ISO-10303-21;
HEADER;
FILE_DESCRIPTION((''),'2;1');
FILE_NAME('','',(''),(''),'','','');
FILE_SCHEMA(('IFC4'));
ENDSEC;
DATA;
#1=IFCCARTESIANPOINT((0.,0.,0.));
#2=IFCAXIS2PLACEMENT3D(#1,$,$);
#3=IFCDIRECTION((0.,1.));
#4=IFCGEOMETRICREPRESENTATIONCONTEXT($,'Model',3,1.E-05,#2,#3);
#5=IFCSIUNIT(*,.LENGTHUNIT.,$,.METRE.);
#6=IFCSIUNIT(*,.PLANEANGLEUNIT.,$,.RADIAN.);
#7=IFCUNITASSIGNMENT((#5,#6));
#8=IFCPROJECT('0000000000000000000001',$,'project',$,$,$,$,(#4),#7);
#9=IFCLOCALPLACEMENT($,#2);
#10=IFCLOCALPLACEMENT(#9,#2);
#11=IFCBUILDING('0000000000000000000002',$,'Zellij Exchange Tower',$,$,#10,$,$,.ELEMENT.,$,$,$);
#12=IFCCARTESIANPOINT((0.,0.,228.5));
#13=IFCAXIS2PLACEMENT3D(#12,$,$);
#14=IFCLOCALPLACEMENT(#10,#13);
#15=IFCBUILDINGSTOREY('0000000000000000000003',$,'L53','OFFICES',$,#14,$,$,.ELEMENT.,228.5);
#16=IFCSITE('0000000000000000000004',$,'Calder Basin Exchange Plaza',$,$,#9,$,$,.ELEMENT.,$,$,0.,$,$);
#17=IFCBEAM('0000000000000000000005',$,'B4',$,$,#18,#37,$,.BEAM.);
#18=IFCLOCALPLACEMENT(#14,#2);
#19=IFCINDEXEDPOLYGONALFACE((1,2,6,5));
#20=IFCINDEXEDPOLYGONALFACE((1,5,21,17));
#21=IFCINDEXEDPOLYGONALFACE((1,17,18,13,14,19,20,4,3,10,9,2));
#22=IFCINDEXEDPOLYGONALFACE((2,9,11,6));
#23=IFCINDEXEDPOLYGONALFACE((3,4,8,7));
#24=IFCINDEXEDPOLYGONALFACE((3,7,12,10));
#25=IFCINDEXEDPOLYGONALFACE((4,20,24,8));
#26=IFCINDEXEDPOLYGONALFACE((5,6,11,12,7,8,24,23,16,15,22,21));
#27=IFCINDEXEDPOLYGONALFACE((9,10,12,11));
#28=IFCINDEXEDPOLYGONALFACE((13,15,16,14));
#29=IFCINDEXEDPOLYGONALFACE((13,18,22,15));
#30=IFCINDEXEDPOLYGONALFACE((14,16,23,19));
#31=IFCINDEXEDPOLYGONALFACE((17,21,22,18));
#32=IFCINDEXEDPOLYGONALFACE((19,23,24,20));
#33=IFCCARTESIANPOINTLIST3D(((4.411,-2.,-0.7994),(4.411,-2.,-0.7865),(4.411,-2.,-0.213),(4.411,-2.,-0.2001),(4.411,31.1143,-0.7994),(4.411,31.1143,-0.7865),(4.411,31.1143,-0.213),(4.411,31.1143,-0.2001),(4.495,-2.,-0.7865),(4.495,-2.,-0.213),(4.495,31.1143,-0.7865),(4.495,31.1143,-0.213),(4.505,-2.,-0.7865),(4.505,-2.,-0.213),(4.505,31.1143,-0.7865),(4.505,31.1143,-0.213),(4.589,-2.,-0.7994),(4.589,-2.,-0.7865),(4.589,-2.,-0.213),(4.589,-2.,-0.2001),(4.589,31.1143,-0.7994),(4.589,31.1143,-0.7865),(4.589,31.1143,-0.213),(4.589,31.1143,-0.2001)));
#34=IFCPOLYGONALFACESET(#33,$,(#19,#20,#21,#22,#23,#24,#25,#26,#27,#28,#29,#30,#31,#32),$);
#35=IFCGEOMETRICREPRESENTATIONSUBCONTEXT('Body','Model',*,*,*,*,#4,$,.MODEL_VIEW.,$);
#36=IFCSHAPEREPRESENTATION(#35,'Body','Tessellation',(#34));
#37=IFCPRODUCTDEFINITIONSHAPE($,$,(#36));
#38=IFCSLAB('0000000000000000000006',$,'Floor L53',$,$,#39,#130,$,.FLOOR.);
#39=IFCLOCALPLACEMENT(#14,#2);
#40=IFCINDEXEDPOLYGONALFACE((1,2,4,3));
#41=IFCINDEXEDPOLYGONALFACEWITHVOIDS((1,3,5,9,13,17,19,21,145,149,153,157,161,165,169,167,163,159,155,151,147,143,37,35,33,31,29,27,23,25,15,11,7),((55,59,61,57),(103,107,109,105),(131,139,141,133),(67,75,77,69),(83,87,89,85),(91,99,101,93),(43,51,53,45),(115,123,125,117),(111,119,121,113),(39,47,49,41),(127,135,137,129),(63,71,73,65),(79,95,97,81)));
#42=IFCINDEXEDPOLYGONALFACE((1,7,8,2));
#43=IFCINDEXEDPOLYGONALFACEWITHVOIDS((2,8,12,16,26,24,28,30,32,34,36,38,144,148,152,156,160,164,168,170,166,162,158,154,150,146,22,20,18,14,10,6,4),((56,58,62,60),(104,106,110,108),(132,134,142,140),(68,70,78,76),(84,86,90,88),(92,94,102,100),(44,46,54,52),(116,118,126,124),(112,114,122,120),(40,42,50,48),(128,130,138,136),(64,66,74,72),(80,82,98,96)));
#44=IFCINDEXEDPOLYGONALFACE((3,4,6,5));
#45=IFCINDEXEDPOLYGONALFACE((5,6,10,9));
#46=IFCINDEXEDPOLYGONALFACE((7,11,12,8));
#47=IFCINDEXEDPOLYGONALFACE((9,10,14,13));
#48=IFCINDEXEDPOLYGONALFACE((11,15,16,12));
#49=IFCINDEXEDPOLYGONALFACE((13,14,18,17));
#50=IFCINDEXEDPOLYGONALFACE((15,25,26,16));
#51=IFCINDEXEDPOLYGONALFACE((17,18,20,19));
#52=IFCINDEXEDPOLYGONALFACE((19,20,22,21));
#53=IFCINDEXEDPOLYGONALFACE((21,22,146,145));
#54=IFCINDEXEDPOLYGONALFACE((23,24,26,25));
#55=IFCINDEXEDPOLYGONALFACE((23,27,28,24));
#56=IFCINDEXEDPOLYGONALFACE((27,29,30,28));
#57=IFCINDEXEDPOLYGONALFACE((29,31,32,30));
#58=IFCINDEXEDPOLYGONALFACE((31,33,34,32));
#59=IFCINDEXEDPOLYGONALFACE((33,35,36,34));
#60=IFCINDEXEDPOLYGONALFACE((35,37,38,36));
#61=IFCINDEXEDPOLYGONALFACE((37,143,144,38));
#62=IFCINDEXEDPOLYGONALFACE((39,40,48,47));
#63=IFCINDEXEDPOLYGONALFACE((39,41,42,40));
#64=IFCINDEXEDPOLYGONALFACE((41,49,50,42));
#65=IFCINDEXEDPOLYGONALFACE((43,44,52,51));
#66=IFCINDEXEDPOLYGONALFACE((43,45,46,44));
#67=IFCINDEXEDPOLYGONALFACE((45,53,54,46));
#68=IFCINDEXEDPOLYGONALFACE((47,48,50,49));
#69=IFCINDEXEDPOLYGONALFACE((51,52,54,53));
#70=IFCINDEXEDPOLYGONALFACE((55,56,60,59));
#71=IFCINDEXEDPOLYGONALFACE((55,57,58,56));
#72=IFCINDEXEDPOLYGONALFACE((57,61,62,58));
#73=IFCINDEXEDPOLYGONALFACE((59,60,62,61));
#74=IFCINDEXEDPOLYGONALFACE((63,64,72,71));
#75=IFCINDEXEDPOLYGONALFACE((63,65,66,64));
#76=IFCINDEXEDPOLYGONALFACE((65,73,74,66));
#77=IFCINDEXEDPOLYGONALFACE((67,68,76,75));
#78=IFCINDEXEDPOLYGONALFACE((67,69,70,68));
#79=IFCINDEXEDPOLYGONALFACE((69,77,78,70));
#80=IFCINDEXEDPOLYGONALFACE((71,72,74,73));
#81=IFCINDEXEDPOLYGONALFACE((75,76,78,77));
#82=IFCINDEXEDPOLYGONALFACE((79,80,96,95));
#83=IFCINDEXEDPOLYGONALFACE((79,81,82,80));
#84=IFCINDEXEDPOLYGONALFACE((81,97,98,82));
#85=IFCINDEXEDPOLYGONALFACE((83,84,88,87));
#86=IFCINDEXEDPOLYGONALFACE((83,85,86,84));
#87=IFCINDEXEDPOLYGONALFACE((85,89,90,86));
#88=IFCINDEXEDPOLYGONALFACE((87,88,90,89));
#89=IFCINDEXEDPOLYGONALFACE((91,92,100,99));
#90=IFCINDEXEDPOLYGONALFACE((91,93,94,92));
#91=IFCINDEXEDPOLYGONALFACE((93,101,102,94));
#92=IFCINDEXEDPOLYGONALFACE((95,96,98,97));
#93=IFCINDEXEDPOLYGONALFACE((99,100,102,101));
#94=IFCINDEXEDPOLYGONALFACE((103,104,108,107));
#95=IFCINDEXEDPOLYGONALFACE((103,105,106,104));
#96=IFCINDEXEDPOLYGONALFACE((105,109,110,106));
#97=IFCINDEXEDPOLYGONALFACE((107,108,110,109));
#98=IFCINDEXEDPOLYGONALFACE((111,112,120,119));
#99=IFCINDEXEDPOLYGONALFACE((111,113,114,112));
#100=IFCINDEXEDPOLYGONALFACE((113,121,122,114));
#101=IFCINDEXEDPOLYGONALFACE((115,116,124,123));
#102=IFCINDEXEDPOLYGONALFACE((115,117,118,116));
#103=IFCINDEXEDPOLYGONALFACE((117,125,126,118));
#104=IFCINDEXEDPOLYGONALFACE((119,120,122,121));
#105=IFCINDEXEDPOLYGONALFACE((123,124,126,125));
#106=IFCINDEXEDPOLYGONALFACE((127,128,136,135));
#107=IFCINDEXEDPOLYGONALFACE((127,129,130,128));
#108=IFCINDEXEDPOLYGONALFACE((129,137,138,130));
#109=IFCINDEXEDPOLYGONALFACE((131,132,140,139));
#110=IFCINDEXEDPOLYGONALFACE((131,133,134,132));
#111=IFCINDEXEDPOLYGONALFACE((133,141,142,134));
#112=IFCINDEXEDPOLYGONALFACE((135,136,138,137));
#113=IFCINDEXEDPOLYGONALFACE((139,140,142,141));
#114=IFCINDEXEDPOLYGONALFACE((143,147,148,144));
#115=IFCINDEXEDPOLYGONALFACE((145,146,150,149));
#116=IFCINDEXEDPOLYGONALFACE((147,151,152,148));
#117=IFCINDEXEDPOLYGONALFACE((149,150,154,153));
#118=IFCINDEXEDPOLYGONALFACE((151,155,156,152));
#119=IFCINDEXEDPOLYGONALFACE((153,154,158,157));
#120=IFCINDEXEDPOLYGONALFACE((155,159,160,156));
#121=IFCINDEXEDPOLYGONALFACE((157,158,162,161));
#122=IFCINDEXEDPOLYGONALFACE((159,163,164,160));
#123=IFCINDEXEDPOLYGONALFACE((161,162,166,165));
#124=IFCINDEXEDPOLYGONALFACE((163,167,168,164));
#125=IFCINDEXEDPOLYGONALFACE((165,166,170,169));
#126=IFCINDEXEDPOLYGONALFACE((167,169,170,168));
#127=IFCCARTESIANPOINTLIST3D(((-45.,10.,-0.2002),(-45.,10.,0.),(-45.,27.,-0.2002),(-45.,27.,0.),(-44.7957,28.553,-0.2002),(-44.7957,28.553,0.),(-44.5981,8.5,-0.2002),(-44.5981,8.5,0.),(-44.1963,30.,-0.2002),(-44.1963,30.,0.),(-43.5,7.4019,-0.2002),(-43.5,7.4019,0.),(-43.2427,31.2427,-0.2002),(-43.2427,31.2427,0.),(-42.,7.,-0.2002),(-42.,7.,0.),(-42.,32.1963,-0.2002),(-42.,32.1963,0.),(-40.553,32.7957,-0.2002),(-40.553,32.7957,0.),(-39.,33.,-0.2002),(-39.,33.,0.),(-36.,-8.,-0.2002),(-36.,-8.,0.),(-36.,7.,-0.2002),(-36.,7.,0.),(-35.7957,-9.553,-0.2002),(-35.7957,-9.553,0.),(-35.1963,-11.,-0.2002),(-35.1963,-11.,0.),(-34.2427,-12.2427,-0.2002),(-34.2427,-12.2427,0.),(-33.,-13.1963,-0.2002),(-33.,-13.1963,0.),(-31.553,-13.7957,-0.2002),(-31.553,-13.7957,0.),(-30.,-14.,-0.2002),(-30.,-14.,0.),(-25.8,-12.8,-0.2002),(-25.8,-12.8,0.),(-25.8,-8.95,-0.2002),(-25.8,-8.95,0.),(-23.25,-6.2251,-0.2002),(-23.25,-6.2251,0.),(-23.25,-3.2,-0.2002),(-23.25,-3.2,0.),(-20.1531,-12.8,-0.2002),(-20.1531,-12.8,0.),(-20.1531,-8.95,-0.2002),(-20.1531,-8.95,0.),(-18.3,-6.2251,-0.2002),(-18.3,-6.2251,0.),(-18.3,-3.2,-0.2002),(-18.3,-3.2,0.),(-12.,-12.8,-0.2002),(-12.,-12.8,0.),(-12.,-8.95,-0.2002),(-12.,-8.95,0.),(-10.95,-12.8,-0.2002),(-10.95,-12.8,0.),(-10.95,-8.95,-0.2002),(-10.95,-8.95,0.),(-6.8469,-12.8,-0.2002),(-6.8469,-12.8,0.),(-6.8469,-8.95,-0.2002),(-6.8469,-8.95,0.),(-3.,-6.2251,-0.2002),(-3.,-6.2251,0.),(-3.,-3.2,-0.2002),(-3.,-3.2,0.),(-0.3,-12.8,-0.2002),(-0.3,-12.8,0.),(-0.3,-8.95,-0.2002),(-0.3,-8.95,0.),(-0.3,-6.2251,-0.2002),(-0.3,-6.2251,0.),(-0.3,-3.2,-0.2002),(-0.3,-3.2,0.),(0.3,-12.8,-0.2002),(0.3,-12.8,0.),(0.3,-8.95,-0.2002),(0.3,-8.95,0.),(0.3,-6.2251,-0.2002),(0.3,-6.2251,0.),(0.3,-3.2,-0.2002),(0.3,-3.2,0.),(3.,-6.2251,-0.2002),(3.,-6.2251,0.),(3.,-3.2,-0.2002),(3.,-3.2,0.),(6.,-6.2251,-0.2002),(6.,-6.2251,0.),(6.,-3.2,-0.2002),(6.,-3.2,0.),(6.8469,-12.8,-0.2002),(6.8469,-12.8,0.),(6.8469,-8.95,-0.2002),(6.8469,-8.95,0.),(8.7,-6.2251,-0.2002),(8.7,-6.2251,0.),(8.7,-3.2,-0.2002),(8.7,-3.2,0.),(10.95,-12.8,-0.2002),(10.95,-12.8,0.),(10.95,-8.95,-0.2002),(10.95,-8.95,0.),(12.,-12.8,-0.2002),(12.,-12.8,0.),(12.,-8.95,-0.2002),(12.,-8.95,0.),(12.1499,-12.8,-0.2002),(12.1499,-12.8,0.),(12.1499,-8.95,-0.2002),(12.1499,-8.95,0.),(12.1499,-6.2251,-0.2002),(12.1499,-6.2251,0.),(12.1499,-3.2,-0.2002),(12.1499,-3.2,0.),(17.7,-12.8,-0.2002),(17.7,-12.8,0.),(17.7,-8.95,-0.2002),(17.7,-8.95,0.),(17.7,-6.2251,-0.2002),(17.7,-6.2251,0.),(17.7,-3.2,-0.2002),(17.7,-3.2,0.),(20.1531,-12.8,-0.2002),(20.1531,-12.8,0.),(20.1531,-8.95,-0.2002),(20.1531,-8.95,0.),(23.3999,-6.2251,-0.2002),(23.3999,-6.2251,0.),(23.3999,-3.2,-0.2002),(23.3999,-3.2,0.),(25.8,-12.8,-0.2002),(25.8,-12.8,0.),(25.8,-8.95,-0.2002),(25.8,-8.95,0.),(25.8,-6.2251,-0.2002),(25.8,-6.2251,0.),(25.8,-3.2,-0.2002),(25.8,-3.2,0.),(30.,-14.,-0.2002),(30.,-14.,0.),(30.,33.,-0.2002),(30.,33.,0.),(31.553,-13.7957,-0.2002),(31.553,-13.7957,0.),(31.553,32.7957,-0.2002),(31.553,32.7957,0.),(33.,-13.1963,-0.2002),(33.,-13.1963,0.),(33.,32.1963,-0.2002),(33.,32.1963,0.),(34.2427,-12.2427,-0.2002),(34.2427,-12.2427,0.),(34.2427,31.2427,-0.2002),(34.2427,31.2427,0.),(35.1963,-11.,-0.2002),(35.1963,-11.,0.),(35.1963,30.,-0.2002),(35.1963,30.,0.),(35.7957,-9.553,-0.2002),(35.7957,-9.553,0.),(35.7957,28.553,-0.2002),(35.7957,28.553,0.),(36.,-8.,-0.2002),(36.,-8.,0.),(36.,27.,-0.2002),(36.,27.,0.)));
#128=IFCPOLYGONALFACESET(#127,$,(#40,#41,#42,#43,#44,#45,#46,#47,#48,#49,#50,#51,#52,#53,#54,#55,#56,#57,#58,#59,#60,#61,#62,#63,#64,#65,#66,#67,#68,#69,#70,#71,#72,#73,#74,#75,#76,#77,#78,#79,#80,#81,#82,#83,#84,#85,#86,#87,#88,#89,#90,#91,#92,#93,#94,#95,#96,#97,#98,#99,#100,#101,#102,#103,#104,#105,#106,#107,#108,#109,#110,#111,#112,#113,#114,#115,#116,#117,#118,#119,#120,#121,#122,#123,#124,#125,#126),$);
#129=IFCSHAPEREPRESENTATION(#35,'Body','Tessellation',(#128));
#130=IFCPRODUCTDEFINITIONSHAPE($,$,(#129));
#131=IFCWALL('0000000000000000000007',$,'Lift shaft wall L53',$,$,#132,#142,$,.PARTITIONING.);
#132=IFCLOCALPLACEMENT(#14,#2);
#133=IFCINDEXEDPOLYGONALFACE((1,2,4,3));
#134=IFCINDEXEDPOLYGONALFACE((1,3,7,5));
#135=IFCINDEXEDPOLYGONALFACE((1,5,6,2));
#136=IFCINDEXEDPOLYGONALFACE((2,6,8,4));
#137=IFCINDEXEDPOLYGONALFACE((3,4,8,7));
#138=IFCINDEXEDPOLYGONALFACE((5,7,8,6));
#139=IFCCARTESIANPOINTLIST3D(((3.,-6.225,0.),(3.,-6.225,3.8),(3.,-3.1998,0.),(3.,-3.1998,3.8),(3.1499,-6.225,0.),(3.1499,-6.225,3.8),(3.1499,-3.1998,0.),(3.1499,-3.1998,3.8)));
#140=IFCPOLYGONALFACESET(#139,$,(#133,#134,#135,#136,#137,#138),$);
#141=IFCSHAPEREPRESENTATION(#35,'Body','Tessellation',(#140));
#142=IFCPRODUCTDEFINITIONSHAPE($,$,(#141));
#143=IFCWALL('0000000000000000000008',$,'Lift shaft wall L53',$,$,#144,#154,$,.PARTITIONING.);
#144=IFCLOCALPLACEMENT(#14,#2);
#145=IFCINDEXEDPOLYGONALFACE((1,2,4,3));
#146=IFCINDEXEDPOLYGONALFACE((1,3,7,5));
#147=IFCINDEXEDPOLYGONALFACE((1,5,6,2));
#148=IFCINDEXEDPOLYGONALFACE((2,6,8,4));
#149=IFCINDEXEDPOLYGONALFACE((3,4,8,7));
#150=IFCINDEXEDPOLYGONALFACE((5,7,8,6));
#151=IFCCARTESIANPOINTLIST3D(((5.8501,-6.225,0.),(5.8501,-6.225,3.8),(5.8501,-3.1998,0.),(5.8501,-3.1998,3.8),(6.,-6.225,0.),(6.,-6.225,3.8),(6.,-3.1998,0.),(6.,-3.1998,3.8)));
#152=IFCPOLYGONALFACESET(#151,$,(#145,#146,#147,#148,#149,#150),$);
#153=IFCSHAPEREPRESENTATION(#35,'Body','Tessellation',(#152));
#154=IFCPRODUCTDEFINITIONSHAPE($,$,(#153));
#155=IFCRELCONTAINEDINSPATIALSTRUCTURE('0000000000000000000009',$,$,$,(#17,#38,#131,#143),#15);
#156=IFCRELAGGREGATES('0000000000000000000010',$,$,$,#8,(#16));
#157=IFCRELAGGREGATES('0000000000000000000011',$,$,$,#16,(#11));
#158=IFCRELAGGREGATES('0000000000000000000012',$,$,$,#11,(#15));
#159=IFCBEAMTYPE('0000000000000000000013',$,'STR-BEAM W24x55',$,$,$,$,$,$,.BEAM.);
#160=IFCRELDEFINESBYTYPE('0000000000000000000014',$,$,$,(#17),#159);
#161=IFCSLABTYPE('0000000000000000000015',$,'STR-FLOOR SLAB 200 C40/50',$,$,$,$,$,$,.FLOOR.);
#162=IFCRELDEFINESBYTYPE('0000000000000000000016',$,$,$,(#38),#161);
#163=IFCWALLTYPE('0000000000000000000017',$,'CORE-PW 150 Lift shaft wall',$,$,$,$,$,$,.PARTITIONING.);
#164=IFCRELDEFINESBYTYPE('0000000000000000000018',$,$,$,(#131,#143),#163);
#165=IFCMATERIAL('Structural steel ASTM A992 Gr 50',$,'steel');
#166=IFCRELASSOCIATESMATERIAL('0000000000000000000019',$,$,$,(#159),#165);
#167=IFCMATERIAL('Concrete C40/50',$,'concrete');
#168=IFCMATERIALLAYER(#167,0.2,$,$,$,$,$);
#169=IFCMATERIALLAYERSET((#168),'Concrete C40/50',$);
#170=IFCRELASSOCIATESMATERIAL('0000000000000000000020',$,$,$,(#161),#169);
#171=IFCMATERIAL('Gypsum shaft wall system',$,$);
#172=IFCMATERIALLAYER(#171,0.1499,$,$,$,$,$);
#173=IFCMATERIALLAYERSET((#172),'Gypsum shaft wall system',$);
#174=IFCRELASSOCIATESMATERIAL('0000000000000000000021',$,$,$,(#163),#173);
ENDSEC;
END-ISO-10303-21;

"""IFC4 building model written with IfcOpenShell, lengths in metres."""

from ifc_helpers import new_model, si_unit, direction, frame, frame_2d, origin, origin_2d, place, context, subcontext, project, spatial, polyline, rectangle, i_section, outline, extrude, material, layer, layer_set, material_profile, profile_set, type_object, element, save


model = new_model("IFC4")

# Units and contexts
model_context = context("Model", 3, precision=1e-05, world=origin(), true_north=direction((0.0, 1.0)))
body_context = subcontext(model_context, "Body", "Model", "MODEL_VIEW")
ifc_project = project(units=[si_unit("LENGTHUNIT", "METRE"), si_unit("PLANEANGLEUNIT", "RADIAN")], contexts=[model_context])

# Site, building, storey
site_placement = place(None, origin())
site = spatial("IfcSite", under=ifc_project, at=site_placement, Name="Calder Basin Exchange Plaza", CompositionType="ELEMENT", RefElevation=0.0)
building_placement = place(site_placement, origin())
building = spatial("IfcBuilding", under=site, at=building_placement, Name="Zellij Exchange Tower", CompositionType="ELEMENT")
storey_placement = place(building_placement, frame((0.0, 0.0, 228.5)))
storey = spatial("IfcBuildingStorey", under=building, at=storey_placement, Name="L53", Description="OFFICES", CompositionType="ELEMENT", Elevation=228.5)

# Beam
ifc_material_1 = material(Name="Structural steel ASTM A992 Gr 50", Category="steel")
ifc_material_profile = material_profile(ifc_material_1, i_section(OverallWidth=0.178, OverallDepth=0.5994, WebThickness=0.01, FlangeThickness=0.0129, at=origin_2d()), Name="W24x55")
ifc_profile_set = profile_set([ifc_material_profile], Name="Structural steel ASTM A992 Gr 50")
beam_type = type_object("IfcBeamType", Name="STR-BEAM W24x55", PredefinedType="BEAM", material=ifc_profile_set)
beam_placement = place(storey_placement, frame((4.5, -2.0, -0.4998), z_axis=(0.0, 1.0, 0.0), x_axis=(-1.0, 0.0, 0.0)))
element("IfcBeam", 1, at=beam_placement, inside=storey, type_object=beam_type, Name="B4", PredefinedType="BEAM", context=body_context, shape_type="SweptSolid", body=[
    extrude(i_section(OverallWidth=0.178, OverallDepth=0.5994, WebThickness=0.01, FlangeThickness=0.0129, at=origin_2d()), origin(), (0.0, 0.0, 1.0), 33.1143),
])

# Slab
ifc_material_2 = material(Name="Concrete C40/50", Category="concrete")
ifc_layer_1 = layer(ifc_material_2, 0.2)
ifc_layer_set_1 = layer_set([ifc_layer_1], Name="Concrete C40/50")
slab_type = type_object("IfcSlabType", Name="STR-FLOOR SLAB 200 C40/50", PredefinedType="FLOOR", material=ifc_layer_set_1)
slab_placement = place(storey_placement, frame((0.0, 0.0, -0.2002)))
element("IfcSlab", 2, at=slab_placement, inside=storey, type_object=slab_type, Name="Floor L53", PredefinedType="FLOOR", context=body_context, shape_type="SweptSolid", body=[
    extrude(outline(polyline([(31.553, 32.7957), (33.0, 32.1963), (34.2427, 31.2427), (35.1963, 30.0), (35.7957, 28.553), (36.0, 27.0), (36.0, -8.0), (35.7957, -9.553), (35.1963, -11.0), (34.2427, -12.2427), (33.0, -13.1963), (31.553, -13.7957), (30.0, -14.0), (-30.0, -14.0), (-31.553, -13.7957), (-33.0, -13.1963), (-34.2427, -12.2427), (-35.1963, -11.0), (-35.7957, -9.553), (-36.0, -8.0), (-36.0, 7.0), (-42.0, 7.0), (-43.5, 7.4019), (-44.5981, 8.5), (-45.0, 10.0), (-45.0, 27.0), (-44.7957, 28.553), (-44.1963, 30.0), (-43.2427, 31.2427), (-42.0, 32.1963), (-40.553, 32.7957), (-39.0, 33.0), (30.0, 33.0), (31.553, 32.7957)]), holes=[polyline([(-25.8, -8.95), (-25.8, -12.8), (-20.1531, -12.8), (-20.1531, -8.95), (-25.8, -8.95)]), polyline([(-10.95, -8.95), (-12.0, -8.95), (-12.0, -12.8), (-10.95, -12.8), (-10.95, -8.95)]), polyline([(-0.3, -8.95), (-6.8469, -8.95), (-6.8469, -12.8), (-0.3, -12.8), (-0.3, -8.95)]), polyline([(0.3, -8.95), (0.3, -12.8), (6.8469, -12.8), (6.8469, -8.95), (0.3, -8.95)]), polyline([(-18.3, -3.2), (-23.25, -3.2), (-23.25, -6.2251), (-18.3, -6.2251), (-18.3, -3.2)]), polyline([(-0.3, -3.2), (-3.0, -3.2), (-3.0, -6.2251), (-0.3, -6.2251), (-0.3, -3.2)]), polyline([(0.3, -3.2), (0.3, -6.2251), (3.0, -6.2251), (3.0, -3.2), (0.3, -3.2)]), polyline([(12.0, -8.95), (10.95, -8.95), (10.95, -12.8), (12.0, -12.8), (12.0, -8.95)]), polyline([(17.7, -8.95), (12.1499, -8.95), (12.1499, -12.8), (17.7, -12.8), (17.7, -8.95)]), polyline([(25.8, -8.95), (20.1531, -8.95), (20.1531, -12.8), (25.8, -12.8), (25.8, -8.95)]), polyline([(8.7, -3.2), (6.0, -3.2), (6.0, -6.2251), (8.7, -6.2251), (8.7, -3.2)]), polyline([(17.7, -3.2), (12.1499, -3.2), (12.1499, -6.2251), (17.7, -6.2251), (17.7, -3.2)]), polyline([(25.8, -3.2), (23.3999, -3.2), (23.3999, -6.2251), (25.8, -6.2251), (25.8, -3.2)])]), origin(), (0.0, 0.0, 1.0), 0.2002),
])

# Walls
ifc_material_3 = material(Name="Gypsum shaft wall system")
ifc_layer_2 = layer(ifc_material_3, 0.1499)
ifc_layer_set_2 = layer_set([ifc_layer_2], Name="Gypsum shaft wall system")
wall_type = type_object("IfcWallType", Name="CORE-PW 150 Lift shaft wall", PredefinedType="PARTITIONING", material=ifc_layer_set_2)
for number, where, z_axis, x_axis, name in (
    (3, (3.075, -6.2251, 0.0), (0.0, 0.0, 1.0), (0.0, 1.0, 0.0), "Lift shaft wall L53"),
    (4, (5.925, -6.2251, 0.0), (0.0, 0.0, 1.0), (0.0, 1.0, 0.0), "Lift shaft wall L53"),
):
    element("IfcWall", number, at=place(storey_placement, frame(where, z_axis=z_axis, x_axis=x_axis)), inside=storey, type_object=wall_type, Name=name, PredefinedType="PARTITIONING", context=body_context, shape_type="SweptSolid", body=[
        extrude(rectangle(XDim=3.0251, YDim=0.1499, at=frame_2d((1.5127, 0.0))), origin(), (0.0, 0.0, 1.0), 3.8),
    ])

save(model, "model.ifc")
